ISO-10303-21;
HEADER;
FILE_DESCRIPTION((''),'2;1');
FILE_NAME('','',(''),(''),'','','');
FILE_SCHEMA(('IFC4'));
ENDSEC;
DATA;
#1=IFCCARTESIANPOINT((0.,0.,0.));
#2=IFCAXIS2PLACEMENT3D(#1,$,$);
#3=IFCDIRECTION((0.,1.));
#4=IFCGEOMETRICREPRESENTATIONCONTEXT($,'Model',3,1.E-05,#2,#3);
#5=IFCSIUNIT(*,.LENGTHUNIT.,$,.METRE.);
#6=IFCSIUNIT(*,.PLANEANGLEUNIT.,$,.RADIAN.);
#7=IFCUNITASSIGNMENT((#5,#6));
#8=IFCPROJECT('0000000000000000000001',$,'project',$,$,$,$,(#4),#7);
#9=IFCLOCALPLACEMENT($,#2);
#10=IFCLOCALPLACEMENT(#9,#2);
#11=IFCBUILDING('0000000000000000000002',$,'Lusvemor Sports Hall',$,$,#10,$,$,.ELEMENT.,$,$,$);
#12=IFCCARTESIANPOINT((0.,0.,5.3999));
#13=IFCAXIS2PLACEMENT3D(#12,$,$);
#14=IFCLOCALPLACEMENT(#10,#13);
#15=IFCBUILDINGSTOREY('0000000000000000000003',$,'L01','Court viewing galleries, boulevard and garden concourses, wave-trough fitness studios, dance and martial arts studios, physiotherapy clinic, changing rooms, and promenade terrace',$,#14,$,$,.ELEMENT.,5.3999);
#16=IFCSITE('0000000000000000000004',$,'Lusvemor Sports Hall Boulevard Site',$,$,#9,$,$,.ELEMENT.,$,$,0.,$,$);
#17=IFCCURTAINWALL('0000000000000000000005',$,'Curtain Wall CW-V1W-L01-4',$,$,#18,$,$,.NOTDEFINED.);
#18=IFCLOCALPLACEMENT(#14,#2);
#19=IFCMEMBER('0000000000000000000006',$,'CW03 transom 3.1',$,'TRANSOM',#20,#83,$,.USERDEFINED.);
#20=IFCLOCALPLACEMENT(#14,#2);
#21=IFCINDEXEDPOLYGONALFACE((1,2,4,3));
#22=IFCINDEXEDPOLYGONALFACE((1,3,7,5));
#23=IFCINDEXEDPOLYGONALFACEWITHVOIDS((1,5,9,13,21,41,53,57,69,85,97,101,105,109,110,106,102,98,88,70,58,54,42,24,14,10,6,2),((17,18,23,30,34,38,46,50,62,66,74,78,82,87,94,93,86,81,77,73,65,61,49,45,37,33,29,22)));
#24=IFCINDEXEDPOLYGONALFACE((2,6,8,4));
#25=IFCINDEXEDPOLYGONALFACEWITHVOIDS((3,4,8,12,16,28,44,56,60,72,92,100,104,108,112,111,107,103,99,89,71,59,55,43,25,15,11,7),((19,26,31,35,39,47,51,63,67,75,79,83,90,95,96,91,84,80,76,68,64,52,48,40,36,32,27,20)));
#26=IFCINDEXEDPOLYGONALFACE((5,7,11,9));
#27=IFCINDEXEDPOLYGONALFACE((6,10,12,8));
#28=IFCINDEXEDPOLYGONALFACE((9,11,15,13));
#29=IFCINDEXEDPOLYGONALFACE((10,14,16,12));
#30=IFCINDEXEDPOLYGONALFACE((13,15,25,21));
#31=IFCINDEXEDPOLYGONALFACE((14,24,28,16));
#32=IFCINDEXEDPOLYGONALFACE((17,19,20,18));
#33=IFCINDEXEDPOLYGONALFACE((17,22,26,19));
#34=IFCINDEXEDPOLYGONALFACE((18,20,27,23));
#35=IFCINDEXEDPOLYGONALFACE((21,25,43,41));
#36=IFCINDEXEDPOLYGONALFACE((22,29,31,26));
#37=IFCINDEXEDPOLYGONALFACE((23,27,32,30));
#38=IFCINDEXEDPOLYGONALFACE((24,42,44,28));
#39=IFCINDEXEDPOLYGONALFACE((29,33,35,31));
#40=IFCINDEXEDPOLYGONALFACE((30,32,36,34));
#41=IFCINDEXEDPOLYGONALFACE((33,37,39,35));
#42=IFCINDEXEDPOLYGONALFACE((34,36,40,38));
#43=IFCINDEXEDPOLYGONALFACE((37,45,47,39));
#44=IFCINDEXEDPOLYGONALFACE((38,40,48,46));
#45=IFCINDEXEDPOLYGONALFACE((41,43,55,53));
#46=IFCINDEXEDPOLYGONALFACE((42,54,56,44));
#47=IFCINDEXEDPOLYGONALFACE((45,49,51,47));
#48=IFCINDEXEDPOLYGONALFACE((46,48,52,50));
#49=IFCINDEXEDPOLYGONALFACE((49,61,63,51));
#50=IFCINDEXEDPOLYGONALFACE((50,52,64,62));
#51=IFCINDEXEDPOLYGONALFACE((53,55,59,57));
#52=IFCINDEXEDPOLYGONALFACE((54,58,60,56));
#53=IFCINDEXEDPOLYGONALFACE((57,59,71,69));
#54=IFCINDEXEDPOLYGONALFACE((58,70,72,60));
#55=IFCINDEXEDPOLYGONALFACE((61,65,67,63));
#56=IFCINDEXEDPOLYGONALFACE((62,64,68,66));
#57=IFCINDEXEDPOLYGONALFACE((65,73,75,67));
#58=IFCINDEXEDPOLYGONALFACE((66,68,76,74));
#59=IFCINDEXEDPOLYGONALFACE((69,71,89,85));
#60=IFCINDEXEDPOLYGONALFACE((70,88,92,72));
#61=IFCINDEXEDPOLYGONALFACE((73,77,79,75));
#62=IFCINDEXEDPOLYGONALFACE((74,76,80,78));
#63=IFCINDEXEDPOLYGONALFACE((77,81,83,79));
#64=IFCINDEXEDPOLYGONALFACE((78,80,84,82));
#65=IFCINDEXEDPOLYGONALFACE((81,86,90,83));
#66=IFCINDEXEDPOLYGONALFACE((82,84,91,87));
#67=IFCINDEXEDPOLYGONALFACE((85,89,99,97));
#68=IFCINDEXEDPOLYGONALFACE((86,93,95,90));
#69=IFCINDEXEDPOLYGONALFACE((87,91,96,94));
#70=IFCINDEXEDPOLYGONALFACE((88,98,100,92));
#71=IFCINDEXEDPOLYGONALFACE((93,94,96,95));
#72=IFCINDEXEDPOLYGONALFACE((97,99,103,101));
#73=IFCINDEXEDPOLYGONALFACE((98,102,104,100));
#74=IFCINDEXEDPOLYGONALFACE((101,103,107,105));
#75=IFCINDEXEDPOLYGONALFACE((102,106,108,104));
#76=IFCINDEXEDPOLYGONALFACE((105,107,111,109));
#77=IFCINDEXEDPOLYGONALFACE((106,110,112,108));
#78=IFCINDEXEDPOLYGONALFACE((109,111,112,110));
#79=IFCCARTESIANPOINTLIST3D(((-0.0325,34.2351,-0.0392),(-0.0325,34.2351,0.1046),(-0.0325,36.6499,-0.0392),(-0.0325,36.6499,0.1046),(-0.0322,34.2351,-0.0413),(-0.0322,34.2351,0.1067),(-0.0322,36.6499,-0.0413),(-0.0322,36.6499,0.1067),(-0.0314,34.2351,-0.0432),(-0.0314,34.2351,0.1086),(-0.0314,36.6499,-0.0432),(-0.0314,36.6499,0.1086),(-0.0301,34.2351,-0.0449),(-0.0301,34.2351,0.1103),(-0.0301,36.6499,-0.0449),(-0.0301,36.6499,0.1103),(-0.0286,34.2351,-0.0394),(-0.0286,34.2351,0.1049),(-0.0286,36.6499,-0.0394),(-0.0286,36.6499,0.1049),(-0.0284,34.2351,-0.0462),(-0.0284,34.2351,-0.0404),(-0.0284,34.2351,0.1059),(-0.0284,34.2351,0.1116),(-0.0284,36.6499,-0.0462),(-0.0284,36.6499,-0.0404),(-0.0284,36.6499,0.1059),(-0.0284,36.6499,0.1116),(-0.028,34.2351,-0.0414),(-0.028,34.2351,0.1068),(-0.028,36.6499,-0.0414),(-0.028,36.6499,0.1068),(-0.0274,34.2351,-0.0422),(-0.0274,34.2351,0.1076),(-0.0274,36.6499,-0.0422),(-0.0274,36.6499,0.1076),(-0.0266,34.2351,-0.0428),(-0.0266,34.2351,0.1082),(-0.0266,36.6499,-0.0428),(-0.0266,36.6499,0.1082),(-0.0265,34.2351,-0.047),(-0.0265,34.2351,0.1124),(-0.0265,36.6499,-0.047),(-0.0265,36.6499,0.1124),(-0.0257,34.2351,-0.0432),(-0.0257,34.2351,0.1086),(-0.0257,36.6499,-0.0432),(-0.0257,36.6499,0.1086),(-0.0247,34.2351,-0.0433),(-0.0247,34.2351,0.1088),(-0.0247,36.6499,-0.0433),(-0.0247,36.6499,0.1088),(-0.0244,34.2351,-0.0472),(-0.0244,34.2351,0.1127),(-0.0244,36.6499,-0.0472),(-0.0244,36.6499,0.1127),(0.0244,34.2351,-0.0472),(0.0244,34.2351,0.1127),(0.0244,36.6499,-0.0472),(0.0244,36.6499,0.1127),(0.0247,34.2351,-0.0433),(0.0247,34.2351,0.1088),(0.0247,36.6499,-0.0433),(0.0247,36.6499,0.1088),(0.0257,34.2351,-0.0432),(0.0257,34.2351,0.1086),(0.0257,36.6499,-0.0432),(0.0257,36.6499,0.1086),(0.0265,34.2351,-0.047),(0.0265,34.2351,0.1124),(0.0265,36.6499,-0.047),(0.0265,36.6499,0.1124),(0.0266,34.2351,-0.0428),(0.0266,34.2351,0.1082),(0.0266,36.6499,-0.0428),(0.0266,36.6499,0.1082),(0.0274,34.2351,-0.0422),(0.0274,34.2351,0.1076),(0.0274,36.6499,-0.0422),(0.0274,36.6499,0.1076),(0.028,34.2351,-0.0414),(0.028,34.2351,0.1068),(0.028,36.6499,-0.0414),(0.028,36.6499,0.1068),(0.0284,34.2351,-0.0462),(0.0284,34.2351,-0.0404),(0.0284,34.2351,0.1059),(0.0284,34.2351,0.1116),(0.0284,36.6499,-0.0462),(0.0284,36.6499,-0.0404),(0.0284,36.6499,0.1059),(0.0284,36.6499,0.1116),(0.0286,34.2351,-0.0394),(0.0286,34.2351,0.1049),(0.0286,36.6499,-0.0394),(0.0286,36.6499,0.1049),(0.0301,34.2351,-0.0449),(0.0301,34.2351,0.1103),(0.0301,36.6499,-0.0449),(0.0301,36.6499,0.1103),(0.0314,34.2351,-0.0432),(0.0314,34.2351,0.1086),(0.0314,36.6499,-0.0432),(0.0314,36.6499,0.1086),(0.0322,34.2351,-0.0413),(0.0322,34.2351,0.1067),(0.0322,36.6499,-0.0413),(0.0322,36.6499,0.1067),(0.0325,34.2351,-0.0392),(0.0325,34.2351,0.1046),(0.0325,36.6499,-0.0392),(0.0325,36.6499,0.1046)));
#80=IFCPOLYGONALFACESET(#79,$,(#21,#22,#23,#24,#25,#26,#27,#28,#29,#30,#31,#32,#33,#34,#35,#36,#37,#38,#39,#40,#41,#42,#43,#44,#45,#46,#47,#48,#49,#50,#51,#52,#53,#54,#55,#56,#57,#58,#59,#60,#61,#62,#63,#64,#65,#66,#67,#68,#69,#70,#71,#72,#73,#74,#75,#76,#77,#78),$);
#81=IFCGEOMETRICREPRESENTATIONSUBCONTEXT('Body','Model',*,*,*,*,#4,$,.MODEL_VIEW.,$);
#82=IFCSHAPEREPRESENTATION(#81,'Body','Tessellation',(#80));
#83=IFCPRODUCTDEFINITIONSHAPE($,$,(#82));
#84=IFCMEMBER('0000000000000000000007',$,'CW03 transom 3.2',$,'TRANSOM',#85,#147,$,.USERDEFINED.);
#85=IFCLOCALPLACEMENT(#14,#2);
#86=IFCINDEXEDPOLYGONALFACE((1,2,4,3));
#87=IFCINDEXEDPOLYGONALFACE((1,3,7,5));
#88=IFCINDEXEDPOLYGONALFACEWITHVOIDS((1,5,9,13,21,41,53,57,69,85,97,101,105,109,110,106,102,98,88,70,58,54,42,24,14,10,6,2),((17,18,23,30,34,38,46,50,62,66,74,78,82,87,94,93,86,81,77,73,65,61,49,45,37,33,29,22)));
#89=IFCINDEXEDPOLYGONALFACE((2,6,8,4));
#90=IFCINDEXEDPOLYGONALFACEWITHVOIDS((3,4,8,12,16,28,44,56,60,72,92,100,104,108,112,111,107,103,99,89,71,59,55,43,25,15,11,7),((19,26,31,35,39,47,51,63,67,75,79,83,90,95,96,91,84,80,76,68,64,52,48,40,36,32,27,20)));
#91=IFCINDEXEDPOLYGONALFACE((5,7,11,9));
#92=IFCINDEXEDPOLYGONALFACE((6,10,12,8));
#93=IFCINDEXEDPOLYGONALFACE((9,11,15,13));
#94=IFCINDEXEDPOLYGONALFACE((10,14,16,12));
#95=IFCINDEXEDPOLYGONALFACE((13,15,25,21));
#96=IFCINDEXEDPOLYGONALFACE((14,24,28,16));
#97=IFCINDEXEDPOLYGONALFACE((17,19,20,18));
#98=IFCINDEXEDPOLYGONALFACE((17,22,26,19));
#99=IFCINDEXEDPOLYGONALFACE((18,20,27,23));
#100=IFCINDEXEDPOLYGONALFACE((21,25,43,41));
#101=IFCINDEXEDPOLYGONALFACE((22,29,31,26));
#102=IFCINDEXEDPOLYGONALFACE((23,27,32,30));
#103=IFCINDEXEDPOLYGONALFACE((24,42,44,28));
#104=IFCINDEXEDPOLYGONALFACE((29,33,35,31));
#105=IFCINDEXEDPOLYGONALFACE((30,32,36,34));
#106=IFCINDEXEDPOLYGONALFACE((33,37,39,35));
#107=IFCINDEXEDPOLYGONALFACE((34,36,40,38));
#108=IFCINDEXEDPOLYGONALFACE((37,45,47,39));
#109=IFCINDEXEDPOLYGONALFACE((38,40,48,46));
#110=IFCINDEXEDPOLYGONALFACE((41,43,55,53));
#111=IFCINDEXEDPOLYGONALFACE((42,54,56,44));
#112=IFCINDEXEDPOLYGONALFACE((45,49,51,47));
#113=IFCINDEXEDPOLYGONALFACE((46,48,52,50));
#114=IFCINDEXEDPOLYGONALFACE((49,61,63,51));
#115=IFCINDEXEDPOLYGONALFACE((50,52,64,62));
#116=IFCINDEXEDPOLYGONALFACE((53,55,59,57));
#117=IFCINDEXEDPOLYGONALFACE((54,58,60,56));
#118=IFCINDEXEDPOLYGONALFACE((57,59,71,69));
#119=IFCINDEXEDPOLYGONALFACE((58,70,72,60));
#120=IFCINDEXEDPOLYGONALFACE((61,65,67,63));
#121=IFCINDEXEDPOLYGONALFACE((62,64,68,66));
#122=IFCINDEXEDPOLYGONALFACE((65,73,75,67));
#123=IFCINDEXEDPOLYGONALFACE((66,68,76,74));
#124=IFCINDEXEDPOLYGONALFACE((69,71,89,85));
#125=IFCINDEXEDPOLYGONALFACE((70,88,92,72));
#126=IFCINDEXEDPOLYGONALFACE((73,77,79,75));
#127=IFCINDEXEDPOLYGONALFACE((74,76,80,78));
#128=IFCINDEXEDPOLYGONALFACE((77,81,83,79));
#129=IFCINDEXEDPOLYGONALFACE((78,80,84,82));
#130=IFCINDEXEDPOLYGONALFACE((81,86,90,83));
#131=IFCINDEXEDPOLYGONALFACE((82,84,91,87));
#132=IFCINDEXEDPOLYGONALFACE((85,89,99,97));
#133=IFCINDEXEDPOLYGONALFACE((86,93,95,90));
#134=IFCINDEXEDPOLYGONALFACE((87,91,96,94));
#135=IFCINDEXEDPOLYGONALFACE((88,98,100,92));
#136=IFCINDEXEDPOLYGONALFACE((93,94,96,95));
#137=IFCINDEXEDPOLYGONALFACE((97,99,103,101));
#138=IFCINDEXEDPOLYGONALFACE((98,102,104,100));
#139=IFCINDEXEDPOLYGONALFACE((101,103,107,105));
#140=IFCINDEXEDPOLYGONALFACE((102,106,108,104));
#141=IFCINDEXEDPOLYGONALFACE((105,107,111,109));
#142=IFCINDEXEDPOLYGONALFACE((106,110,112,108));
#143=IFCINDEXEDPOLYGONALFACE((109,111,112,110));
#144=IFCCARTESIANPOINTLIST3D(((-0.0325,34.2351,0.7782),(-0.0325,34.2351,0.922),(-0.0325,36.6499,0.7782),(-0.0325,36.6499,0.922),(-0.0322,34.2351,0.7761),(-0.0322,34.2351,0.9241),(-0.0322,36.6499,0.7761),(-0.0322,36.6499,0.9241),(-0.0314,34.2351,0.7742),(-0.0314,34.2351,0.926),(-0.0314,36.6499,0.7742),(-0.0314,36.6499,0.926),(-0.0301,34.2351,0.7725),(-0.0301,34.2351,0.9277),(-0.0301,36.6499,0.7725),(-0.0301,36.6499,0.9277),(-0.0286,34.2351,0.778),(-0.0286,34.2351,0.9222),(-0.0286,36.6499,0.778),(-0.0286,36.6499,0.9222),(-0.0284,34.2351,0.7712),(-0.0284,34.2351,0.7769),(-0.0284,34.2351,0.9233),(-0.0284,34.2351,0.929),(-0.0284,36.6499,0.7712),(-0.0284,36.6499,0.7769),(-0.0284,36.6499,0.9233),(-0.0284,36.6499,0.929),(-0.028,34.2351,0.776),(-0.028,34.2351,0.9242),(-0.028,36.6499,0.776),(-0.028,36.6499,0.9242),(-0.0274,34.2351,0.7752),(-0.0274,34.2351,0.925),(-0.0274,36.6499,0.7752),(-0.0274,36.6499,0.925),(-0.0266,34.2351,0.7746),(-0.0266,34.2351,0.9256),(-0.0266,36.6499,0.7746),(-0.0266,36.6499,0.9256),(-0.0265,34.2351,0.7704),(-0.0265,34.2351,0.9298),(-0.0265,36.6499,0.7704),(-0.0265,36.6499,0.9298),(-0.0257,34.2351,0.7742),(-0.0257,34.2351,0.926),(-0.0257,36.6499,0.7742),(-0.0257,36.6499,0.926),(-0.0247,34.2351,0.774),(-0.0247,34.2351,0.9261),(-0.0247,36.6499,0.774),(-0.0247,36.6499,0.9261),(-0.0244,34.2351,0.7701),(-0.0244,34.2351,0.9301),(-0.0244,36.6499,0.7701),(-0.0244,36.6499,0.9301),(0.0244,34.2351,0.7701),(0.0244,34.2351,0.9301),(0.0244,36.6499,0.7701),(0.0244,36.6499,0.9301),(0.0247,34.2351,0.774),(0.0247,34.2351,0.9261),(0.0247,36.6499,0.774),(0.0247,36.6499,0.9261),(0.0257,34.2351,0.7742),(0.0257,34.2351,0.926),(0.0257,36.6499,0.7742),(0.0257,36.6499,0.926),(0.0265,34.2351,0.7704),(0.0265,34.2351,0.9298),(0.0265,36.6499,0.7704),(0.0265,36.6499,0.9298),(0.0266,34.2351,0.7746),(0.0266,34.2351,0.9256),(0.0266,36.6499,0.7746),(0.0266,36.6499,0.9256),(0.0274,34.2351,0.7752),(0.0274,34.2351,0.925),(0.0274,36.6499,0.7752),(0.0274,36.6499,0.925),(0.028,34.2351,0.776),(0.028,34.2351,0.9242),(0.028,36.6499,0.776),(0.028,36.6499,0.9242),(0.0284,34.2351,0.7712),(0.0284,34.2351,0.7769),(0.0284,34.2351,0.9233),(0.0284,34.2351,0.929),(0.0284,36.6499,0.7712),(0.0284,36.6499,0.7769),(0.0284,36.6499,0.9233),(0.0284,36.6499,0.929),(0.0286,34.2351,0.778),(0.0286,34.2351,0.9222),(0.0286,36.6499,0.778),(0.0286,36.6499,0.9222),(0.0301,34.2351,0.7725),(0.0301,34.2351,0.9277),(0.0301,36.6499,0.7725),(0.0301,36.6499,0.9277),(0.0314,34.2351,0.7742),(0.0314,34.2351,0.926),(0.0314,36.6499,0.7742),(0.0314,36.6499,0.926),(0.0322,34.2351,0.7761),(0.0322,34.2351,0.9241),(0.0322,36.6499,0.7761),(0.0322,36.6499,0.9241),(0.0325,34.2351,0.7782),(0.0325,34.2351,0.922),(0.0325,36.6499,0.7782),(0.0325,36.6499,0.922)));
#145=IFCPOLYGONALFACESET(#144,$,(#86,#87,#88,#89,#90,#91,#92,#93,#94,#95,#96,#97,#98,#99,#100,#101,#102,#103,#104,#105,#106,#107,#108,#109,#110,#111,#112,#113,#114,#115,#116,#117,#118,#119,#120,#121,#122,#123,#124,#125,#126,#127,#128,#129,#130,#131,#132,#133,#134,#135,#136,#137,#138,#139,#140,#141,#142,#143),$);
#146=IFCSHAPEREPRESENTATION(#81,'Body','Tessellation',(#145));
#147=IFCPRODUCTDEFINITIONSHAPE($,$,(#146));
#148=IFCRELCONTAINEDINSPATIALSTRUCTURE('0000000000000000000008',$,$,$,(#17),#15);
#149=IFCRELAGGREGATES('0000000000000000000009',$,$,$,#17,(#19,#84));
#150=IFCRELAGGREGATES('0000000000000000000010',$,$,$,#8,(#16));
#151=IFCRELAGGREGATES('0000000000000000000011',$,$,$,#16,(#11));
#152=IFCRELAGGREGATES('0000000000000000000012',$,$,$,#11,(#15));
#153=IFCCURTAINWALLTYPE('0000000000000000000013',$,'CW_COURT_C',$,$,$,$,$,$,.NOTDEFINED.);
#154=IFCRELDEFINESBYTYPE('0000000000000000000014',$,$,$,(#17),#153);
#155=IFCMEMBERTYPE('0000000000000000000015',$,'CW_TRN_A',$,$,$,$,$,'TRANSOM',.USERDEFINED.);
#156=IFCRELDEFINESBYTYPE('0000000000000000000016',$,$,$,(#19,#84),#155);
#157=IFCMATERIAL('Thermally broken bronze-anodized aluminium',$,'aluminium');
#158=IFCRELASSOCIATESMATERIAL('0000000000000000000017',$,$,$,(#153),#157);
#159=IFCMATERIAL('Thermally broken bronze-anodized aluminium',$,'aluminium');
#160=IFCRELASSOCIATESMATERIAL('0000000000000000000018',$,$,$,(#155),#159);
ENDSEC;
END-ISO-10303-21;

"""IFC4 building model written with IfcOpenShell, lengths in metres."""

from ifc_helpers import new_model, si_unit, direction, frame, origin, origin_2d, place, context, subcontext, project, spatial, hollow_rectangle, extrude, material, material_profile, profile_set, type_object, element, aggregate, save


model = new_model("IFC4")

# Units and contexts
model_context = context("Model", 3, precision=1e-05, world=origin(), true_north=direction((0.0, 1.0)))
body_context = subcontext(model_context, "Body", "Model", "MODEL_VIEW")
ifc_project = project(units=[si_unit("LENGTHUNIT", "METRE"), si_unit("PLANEANGLEUNIT", "RADIAN")], contexts=[model_context])

# Site, building, storey
site_placement = place(None, origin())
site = spatial("IfcSite", under=ifc_project, at=site_placement, Name="Lusvemor Sports Hall Boulevard Site", CompositionType="ELEMENT", RefElevation=0.0)
building_placement = place(site_placement, origin())
building = spatial("IfcBuilding", under=site, at=building_placement, Name="Lusvemor Sports Hall", CompositionType="ELEMENT")
storey_placement = place(building_placement, frame((0.0, 0.0, 5.3999)))
storey = spatial("IfcBuildingStorey", under=building, at=storey_placement, Name="L01", Description="Court viewing galleries, boulevard and garden concourses, wave-trough fitness studios, dance and martial arts studios, physiotherapy clinic, changing rooms, and promenade terrace", CompositionType="ELEMENT", Elevation=5.3999)

# Curtain wall
ifc_material_1 = material(Name="Thermally broken bronze-anodized aluminium", Category="aluminium")
curtain_wall_type = type_object("IfcCurtainWallType", Name="CW_COURT_C", PredefinedType="NOTDEFINED", material=ifc_material_1)
curtain_wall_1_placement = place(storey_placement, origin())
curtain_wall_1 = element("IfcCurtainWall", 1, at=curtain_wall_1_placement, inside=storey, type_object=curtain_wall_type, Name="Curtain Wall CW-V1W-L01-4", PredefinedType="NOTDEFINED")

# Members
ifc_material_2 = material(Name="Thermally broken bronze-anodized aluminium", Category="aluminium")
ifc_material_profile_1 = material_profile(ifc_material_2, hollow_rectangle(XDim=0.0649, YDim=0.1599, WallThickness=0.0039, InnerFilletRadius=0.0039, OuterFilletRadius=0.0081, at=origin_2d()), Name="CWTRN160x65x4")
ifc_profile_set_1 = profile_set([ifc_material_profile_1], Name="Thermally broken bronze-anodized aluminium")
member_type_1 = type_object("IfcMemberType", Name="CW_TRN_A", ElementType="TRANSOM", PredefinedType="USERDEFINED", material=ifc_profile_set_1)
member_1_placement = place(storey_placement, frame((0.0, 34.2351, 0.0327), z_axis=(0.0, 1.0, 0.0), x_axis=(-1.0, 0.0, 0.0)))
member_1 = element("IfcMember", 2, at=member_1_placement, type_object=member_type_1, Name="CW03 transom 3.1", ObjectType="TRANSOM", PredefinedType="USERDEFINED", context=body_context, shape_type="SweptSolid", body=[
    extrude(hollow_rectangle(XDim=0.0649, YDim=0.1599, WallThickness=0.0039, InnerFilletRadius=0.0039, OuterFilletRadius=0.0081, at=origin_2d()), origin(), (0.0, 0.0, 1.0), 2.4148),
])
member_2_placement = place(storey_placement, frame((0.0, 34.2351, 0.8501), z_axis=(0.0, 1.0, 0.0), x_axis=(-1.0, 0.0, 0.0)))
member_2 = element("IfcMember", 3, at=member_2_placement, type_object=member_type_1, Name="CW03 transom 3.2", ObjectType="TRANSOM", PredefinedType="USERDEFINED", context=body_context, shape_type="SweptSolid", body=[
    extrude(hollow_rectangle(XDim=0.0649, YDim=0.1599, WallThickness=0.0039, InnerFilletRadius=0.0039, OuterFilletRadius=0.0081, at=origin_2d()), origin(), (0.0, 0.0, 1.0), 2.4148),
])

aggregate(curtain_wall_1, [member_1, member_2])

save(model, "model.ifc")
